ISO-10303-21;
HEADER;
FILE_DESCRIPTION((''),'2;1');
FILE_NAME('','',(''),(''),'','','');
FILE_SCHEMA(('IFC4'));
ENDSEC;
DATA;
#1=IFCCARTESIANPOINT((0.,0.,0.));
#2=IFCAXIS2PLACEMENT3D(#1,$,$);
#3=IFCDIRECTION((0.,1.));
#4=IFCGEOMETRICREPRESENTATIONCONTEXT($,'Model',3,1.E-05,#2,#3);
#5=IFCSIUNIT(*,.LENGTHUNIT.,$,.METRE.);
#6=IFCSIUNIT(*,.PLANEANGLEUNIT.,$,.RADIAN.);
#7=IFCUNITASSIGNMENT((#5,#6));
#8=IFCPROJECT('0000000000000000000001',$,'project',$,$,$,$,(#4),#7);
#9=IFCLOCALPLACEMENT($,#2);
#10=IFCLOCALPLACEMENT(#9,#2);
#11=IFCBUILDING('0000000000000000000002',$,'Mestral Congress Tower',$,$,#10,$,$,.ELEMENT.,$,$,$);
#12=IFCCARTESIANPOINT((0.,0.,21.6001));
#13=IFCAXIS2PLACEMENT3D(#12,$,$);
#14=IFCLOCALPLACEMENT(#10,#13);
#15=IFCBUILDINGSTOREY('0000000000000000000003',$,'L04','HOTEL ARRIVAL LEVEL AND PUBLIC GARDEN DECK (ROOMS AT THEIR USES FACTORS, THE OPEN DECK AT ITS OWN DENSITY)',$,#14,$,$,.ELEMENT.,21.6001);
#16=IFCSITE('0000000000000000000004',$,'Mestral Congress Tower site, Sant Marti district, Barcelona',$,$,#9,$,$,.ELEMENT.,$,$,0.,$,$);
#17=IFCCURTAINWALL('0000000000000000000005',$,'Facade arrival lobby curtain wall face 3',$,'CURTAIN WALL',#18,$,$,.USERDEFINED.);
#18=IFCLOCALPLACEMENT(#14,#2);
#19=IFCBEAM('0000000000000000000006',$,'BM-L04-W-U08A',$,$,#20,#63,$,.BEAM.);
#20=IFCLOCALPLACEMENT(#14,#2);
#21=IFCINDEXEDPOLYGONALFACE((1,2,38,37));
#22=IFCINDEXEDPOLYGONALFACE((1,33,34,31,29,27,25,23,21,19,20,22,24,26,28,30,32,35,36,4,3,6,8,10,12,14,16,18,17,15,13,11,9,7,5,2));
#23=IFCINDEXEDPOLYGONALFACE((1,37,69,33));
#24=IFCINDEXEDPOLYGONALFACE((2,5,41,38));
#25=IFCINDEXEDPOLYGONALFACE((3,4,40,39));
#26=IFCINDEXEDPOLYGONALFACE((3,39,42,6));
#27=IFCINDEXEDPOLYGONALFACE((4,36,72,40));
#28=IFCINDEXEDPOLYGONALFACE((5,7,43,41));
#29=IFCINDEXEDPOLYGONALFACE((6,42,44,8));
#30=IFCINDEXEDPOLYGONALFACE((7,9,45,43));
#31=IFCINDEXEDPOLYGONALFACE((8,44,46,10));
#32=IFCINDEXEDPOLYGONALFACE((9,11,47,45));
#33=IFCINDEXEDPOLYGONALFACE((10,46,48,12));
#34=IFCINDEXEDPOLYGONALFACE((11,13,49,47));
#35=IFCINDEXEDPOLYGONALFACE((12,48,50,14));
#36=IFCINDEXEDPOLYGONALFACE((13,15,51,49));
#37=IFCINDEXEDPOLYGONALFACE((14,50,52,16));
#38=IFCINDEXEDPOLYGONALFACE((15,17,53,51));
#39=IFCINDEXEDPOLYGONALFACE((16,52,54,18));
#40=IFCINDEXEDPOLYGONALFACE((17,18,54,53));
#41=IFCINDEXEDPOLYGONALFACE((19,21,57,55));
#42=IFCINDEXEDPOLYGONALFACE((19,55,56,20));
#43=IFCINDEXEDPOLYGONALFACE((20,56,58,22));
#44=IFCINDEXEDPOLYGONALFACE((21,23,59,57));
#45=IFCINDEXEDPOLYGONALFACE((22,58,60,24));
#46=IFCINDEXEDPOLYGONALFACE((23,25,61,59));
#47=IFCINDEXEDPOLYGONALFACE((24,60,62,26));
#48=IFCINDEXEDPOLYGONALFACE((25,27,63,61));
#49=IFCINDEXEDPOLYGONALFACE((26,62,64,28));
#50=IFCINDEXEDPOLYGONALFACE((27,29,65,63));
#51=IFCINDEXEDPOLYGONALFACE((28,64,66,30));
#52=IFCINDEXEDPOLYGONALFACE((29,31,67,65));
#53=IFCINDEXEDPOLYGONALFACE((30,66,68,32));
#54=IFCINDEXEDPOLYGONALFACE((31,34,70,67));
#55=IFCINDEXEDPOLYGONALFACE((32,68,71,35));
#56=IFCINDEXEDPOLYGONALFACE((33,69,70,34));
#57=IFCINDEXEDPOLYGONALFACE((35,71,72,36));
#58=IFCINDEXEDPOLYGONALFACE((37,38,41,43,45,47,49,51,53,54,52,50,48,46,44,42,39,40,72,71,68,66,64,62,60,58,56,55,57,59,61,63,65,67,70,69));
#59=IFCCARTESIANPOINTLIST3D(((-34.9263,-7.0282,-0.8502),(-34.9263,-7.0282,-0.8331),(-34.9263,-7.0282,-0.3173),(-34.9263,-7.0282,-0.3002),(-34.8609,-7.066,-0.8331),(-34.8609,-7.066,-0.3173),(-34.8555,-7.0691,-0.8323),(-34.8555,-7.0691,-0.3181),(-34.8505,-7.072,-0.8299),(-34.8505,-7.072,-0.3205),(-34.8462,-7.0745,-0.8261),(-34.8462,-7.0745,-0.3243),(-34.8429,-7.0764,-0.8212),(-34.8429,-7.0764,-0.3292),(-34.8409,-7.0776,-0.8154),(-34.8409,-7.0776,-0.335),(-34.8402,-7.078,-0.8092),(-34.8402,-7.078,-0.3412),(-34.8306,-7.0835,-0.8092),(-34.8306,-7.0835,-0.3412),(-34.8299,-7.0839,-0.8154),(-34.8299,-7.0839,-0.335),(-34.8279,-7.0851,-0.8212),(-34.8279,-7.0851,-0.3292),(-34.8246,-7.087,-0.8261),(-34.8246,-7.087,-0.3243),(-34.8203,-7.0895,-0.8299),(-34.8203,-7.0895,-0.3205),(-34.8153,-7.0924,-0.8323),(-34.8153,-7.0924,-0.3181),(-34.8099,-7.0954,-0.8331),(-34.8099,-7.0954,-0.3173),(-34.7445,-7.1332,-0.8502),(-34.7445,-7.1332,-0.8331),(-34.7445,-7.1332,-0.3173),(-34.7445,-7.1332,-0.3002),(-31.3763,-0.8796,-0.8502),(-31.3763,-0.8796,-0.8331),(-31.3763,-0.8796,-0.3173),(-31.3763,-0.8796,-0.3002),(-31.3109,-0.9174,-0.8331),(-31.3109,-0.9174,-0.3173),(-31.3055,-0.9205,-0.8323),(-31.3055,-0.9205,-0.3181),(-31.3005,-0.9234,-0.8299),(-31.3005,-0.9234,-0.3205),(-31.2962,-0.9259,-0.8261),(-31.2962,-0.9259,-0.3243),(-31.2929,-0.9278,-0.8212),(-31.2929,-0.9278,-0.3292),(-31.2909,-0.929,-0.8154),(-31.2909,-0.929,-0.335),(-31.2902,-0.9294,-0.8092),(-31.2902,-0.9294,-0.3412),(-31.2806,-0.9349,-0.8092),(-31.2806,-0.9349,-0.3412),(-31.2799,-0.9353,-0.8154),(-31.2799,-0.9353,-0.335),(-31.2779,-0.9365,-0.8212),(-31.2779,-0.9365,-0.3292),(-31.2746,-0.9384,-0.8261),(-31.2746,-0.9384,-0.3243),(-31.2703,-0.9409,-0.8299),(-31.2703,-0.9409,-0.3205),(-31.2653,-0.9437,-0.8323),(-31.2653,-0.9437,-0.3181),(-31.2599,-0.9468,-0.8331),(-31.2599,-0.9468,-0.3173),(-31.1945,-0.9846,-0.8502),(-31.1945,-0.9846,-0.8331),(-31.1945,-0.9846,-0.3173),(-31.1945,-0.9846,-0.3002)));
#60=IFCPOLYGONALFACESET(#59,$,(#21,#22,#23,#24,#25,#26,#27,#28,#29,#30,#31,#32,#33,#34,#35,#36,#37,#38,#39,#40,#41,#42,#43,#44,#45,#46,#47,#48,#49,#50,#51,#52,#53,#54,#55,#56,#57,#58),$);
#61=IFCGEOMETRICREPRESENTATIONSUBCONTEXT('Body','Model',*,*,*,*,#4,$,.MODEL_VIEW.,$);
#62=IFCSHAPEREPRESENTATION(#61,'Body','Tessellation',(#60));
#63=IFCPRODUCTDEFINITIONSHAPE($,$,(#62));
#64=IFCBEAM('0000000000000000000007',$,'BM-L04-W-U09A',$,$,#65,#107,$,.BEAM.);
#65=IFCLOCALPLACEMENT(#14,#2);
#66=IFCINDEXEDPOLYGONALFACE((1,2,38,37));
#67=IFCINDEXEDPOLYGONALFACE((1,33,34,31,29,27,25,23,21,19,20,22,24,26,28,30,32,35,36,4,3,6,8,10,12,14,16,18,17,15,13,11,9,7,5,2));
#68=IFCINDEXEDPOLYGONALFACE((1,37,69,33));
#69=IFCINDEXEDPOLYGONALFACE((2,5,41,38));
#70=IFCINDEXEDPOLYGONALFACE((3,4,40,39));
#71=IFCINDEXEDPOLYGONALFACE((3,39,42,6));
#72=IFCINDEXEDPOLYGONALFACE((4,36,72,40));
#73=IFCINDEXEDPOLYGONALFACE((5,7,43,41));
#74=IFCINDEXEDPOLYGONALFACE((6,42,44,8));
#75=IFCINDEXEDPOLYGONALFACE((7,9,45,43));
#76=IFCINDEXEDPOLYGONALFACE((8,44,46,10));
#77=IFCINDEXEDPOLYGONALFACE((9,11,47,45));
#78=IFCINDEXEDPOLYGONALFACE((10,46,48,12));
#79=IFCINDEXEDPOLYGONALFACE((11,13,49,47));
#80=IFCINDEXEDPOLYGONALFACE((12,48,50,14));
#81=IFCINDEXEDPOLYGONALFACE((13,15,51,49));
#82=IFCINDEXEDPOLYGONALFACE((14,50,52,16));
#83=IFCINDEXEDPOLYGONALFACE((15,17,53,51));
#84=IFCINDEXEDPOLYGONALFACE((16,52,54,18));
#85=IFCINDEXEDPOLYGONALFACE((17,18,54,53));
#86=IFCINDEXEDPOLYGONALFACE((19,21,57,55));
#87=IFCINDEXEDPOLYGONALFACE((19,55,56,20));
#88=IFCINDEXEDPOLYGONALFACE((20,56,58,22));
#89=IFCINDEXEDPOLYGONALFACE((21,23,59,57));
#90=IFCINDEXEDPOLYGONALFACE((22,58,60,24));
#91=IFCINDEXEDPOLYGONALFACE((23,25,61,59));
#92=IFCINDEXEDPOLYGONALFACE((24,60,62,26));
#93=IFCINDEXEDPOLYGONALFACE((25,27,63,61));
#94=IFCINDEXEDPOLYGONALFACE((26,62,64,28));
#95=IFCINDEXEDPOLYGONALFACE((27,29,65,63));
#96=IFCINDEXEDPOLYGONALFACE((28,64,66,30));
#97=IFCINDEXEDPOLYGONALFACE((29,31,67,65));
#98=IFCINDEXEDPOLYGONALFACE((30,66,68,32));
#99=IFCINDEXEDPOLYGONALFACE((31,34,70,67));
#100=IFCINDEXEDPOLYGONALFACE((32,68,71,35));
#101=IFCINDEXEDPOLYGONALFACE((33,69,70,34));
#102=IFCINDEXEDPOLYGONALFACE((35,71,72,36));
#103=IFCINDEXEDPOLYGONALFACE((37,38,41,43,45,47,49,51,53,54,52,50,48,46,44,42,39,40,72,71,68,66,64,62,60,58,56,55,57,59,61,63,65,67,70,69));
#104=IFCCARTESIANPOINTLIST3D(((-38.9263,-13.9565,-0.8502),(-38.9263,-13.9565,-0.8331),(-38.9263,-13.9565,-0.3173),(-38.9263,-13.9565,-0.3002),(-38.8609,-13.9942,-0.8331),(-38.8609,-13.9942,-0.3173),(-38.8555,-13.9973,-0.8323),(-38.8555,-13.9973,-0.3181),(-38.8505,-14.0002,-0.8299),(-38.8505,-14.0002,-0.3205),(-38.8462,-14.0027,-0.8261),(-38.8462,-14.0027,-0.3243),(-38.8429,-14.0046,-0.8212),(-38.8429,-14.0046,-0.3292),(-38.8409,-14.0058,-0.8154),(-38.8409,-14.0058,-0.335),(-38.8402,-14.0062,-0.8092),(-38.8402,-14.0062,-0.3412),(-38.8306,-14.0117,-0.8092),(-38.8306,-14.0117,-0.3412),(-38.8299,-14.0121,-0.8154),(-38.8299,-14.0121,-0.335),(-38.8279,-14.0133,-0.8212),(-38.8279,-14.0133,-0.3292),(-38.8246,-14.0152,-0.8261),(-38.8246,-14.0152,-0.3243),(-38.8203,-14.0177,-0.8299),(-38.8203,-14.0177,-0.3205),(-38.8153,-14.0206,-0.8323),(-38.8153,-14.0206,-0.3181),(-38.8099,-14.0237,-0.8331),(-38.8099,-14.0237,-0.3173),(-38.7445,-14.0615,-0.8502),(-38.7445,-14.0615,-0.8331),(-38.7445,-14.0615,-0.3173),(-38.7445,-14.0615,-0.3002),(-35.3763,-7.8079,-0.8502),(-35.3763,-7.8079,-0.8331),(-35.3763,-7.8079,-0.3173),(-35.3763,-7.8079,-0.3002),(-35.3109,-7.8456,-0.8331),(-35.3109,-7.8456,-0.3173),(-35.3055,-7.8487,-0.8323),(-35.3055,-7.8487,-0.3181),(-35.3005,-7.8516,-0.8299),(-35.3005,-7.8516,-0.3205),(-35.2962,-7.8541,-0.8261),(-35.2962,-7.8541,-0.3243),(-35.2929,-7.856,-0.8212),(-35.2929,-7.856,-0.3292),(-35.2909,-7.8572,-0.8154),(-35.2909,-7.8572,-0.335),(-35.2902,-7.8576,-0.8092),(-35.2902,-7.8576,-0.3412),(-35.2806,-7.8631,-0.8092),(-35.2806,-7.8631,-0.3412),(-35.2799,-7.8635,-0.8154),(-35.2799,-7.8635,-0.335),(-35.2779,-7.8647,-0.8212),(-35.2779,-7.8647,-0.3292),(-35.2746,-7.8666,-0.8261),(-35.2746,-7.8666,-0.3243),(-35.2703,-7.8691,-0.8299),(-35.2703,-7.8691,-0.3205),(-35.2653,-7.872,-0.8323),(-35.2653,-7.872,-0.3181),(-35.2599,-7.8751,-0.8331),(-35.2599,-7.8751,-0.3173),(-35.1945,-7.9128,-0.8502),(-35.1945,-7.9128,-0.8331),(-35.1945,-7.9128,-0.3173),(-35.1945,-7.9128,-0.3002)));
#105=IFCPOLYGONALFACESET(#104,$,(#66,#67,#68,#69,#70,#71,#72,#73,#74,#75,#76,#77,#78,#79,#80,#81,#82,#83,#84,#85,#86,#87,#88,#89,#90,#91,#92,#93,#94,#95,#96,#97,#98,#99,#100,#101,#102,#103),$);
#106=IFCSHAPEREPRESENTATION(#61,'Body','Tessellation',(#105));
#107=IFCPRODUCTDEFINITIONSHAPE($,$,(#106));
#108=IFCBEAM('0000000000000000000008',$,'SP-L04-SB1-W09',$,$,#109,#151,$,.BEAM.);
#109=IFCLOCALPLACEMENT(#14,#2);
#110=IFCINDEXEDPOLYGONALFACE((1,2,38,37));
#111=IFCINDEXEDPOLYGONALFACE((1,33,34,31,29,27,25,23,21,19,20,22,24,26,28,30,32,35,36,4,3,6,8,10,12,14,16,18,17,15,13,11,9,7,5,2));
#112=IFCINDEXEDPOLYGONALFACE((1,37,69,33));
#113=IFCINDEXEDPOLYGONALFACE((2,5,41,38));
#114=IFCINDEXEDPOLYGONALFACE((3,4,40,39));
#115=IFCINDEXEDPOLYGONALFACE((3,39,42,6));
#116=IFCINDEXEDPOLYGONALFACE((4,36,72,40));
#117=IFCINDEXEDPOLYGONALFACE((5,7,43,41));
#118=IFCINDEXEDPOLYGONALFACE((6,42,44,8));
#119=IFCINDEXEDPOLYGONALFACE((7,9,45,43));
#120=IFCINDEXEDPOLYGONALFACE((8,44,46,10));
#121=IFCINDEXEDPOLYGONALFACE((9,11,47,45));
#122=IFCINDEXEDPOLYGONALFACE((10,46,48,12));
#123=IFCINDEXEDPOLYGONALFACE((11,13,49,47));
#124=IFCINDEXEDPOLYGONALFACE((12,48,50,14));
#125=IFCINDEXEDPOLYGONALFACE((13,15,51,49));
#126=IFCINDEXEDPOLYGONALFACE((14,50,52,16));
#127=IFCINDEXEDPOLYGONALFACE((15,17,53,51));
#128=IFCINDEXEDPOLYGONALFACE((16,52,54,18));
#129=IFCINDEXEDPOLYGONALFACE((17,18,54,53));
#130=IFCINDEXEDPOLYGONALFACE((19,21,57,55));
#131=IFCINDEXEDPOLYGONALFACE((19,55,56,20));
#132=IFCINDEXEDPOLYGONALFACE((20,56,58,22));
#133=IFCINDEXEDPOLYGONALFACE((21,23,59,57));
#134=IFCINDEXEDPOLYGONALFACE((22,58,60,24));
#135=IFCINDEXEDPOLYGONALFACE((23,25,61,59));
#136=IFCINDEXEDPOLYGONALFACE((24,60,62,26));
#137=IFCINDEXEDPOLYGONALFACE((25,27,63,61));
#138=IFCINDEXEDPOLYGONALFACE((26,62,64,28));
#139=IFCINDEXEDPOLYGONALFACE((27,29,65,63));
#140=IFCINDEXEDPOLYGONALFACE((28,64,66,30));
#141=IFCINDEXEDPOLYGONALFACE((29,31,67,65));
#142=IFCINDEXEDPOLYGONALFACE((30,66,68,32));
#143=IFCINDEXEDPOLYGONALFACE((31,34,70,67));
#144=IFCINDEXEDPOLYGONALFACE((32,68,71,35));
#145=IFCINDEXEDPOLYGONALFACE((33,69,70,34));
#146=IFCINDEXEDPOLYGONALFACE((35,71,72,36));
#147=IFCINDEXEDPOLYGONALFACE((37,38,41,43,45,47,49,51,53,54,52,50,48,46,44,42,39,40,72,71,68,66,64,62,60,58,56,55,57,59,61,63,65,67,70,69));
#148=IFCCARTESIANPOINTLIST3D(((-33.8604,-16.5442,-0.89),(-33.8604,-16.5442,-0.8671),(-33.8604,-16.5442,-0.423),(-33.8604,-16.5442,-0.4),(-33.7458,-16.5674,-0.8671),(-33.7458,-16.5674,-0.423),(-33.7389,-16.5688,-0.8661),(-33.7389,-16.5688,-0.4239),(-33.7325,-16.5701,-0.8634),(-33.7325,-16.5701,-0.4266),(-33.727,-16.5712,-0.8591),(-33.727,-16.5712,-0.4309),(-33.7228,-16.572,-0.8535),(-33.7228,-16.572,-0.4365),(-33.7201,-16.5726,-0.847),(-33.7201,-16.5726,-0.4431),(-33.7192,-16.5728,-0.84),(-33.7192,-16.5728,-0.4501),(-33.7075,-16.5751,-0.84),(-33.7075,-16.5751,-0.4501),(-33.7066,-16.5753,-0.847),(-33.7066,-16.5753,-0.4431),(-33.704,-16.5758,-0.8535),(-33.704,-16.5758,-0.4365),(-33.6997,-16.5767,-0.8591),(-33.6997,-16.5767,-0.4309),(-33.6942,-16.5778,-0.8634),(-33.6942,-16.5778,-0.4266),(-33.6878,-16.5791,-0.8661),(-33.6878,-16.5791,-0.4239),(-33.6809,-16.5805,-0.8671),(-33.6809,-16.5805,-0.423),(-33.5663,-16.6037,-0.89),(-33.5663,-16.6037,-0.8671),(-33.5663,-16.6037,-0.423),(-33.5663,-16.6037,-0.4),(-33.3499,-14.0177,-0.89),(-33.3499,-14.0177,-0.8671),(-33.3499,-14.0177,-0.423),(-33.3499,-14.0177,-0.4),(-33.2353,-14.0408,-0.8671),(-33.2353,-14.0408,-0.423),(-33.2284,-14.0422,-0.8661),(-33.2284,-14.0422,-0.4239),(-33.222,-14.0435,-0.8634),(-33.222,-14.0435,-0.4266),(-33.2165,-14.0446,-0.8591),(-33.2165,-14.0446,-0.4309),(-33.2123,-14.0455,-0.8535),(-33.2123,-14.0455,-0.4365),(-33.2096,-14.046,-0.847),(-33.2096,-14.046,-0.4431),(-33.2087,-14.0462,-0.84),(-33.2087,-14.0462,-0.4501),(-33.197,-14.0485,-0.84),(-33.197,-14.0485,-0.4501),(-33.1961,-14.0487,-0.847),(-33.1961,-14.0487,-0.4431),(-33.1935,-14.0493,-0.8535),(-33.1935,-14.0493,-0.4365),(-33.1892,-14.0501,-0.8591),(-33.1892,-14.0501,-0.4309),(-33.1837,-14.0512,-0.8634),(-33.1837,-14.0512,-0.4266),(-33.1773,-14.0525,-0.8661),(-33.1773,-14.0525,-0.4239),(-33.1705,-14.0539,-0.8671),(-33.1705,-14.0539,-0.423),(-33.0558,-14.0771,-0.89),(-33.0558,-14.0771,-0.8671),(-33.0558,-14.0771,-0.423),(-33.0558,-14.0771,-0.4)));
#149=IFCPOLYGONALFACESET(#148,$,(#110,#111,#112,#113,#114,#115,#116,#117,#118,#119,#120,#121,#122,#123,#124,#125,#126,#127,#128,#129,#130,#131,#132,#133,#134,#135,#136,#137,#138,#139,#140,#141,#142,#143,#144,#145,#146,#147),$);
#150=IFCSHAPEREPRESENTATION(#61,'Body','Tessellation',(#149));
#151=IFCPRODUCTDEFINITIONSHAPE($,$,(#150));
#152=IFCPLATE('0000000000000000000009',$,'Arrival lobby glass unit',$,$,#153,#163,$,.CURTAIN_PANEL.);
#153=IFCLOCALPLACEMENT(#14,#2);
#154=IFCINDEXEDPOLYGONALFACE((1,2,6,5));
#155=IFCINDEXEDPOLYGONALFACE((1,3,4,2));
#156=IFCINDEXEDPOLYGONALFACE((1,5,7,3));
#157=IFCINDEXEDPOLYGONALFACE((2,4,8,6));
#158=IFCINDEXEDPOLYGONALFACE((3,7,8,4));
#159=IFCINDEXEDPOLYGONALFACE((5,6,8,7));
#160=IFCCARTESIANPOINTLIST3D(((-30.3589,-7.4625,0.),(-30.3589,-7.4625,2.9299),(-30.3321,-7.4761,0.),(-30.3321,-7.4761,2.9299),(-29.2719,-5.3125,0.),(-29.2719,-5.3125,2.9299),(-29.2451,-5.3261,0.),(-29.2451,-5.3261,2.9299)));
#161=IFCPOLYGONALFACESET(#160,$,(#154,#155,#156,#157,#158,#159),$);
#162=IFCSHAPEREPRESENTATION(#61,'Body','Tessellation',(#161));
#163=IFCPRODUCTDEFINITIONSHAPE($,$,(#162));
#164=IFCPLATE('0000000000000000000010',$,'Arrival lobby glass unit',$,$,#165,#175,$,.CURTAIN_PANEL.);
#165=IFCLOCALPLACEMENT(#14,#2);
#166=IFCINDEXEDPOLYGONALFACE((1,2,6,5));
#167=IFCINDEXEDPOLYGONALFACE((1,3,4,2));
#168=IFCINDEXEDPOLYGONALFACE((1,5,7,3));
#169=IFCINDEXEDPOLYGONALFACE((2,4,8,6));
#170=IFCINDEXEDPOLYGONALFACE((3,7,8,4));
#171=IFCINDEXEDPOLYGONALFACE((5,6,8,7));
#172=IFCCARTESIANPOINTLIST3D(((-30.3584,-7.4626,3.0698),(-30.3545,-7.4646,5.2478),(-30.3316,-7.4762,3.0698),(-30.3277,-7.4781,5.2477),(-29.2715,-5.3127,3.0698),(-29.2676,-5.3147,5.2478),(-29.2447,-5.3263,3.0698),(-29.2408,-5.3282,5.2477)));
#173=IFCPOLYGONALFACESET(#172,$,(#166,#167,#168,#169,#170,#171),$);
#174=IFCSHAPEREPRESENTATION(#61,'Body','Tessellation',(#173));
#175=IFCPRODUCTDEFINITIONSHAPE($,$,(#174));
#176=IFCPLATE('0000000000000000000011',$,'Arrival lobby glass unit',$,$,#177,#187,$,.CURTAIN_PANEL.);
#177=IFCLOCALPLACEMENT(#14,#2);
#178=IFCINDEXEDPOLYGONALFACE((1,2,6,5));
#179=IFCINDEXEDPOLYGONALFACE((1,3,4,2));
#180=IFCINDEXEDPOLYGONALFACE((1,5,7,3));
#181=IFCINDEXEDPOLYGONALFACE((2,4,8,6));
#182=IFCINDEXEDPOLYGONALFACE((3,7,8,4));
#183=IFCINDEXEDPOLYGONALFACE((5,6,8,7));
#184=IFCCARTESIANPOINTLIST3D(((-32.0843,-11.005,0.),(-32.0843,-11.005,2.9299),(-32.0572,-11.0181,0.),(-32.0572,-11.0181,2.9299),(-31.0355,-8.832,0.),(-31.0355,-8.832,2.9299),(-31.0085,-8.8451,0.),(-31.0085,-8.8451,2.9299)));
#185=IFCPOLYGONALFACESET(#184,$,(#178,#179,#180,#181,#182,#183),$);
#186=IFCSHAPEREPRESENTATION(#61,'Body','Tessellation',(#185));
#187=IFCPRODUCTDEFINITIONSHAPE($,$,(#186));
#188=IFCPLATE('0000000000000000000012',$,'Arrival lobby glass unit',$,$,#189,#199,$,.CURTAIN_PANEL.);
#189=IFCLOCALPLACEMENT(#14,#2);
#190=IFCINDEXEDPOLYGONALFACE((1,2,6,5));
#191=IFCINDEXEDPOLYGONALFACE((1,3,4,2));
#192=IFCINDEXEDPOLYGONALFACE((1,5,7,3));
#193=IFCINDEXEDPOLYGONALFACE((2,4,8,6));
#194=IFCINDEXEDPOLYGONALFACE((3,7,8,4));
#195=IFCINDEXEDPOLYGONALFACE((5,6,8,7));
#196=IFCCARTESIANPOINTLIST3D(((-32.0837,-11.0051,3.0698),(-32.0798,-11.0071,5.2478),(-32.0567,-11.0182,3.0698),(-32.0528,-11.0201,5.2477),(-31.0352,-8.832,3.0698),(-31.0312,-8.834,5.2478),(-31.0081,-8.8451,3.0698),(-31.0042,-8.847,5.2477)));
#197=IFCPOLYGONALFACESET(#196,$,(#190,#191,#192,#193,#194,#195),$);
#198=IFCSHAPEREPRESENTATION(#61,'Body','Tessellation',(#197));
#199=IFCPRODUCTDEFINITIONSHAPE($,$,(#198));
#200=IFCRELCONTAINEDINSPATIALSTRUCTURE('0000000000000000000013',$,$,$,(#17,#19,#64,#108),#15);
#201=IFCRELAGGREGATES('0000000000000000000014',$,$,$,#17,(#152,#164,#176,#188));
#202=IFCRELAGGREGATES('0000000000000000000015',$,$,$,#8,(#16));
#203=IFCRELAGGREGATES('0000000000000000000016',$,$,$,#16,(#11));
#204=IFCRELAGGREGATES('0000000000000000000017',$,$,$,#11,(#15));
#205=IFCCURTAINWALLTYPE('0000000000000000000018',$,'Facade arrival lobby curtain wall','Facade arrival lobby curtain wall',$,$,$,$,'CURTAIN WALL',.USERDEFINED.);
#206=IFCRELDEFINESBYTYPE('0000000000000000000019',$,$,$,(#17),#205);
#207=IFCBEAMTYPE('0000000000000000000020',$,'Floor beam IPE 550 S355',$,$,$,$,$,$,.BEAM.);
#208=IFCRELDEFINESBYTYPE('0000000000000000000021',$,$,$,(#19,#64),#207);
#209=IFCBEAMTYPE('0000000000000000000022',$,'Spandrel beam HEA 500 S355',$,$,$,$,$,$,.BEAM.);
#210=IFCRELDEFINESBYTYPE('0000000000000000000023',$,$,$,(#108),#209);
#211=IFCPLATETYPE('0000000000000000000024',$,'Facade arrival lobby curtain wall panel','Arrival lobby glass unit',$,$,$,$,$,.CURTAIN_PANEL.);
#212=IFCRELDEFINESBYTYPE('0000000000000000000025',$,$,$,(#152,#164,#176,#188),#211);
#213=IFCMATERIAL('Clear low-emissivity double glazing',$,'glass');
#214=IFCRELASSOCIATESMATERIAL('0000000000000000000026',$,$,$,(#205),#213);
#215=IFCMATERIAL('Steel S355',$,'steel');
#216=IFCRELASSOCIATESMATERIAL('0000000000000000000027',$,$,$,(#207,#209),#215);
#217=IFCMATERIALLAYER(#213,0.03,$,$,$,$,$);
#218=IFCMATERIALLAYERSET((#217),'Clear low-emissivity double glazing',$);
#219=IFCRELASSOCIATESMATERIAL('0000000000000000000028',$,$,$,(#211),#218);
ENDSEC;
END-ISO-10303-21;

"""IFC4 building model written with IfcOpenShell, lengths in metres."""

from ifc_helpers import new_model, si_unit, direction, frame, origin, origin_2d, place, context, subcontext, project, spatial, polyline, rectangle, i_section, outline, extrude, material, layer, layer_set, material_profile, profile_set, type_object, element, aggregate, save


model = new_model("IFC4")

# Units and contexts
model_context = context("Model", 3, precision=1e-05, world=origin(), true_north=direction((0.0, 1.0)))
body_context = subcontext(model_context, "Body", "Model", "MODEL_VIEW")
ifc_project = project(units=[si_unit("LENGTHUNIT", "METRE"), si_unit("PLANEANGLEUNIT", "RADIAN")], contexts=[model_context])

# Site, building, storey
site_placement = place(None, origin())
site = spatial("IfcSite", under=ifc_project, at=site_placement, Name="Mestral Congress Tower site, Sant Marti district, Barcelona", CompositionType="ELEMENT", RefElevation=0.0)
building_placement = place(site_placement, origin())
building = spatial("IfcBuilding", under=site, at=building_placement, Name="Mestral Congress Tower", CompositionType="ELEMENT")
storey_placement = place(building_placement, frame((0.0, 0.0, 21.6001)))
storey = spatial("IfcBuildingStorey", under=building, at=storey_placement, Name="L04", Description="HOTEL ARRIVAL LEVEL AND PUBLIC GARDEN DECK (ROOMS AT THEIR USES FACTORS, THE OPEN DECK AT ITS OWN DENSITY)", CompositionType="ELEMENT", Elevation=21.6001)

# Curtain wall
ifc_material_1 = material(Name="Clear low-emissivity double glazing", Category="glass")
curtain_wall_type = type_object("IfcCurtainWallType", Name="Facade arrival lobby curtain wall", Description="Facade arrival lobby curtain wall", ElementType="CURTAIN WALL", PredefinedType="USERDEFINED", material=ifc_material_1)
placement = place(storey_placement, origin())
curtain_wall_1 = element("IfcCurtainWall", 1, at=placement, inside=storey, type_object=curtain_wall_type, Name="Facade arrival lobby curtain wall face 3", ObjectType="CURTAIN WALL", PredefinedType="USERDEFINED")

# Beams
ifc_material_2 = material(Name="Steel S355", Category="steel")
ifc_material_profile_1 = material_profile(ifc_material_2, i_section(OverallWidth=0.21, OverallDepth=0.55, WebThickness=0.011, FlangeThickness=0.0171, FilletRadius=0.0239, at=origin_2d()), Name="IPE 550")
ifc_profile_set_1 = profile_set([ifc_material_profile_1], Name="Steel S355")
beam_type_1 = type_object("IfcBeamType", Name="Floor beam IPE 550 S355", PredefinedType="BEAM", material=ifc_profile_set_1)
for number, where, z_axis, x_axis, name in (
    (2, (-31.2854, -0.9321, -0.5752), (-0.500011, -0.866019, 0.0), (0.866019, -0.500011, 0.0), "BM-L04-W-U08A"),
    (3, (-35.2854, -7.8604, -0.5752), (-0.500011, -0.866019, 0.0), (0.866019, -0.500011, 0.0), "BM-L04-W-U09A"),
):
    element("IfcBeam", number, at=place(storey_placement, frame(where, z_axis=z_axis, x_axis=x_axis)), inside=storey, type_object=beam_type_1, Name=name, PredefinedType="BEAM", context=body_context, shape_type="SweptSolid", body=[
        extrude(i_section(OverallWidth=0.21, OverallDepth=0.55, WebThickness=0.011, FlangeThickness=0.0171, FilletRadius=0.0239, at=origin_2d()), origin(), (0.0, 0.0, 1.0), 7.0999),
    ])
ifc_material_profile_2 = material_profile(ifc_material_2, i_section(OverallWidth=0.3, OverallDepth=0.49, WebThickness=0.012, FlangeThickness=0.0229, FilletRadius=0.0271, at=origin_2d()), Name="HEA 500")
ifc_profile_set_2 = profile_set([ifc_material_profile_2], Name="Steel S355")
beam_type_2 = type_object("IfcBeamType", Name="Spandrel beam HEA 500 S355", PredefinedType="BEAM", material=ifc_profile_set_2)
beam_1_placement = place(storey_placement, frame((-33.2029, -14.0474, -0.645), z_axis=(-0.198046, -0.980193, 0.0), x_axis=(0.980193, -0.198046, 0.0)))
element("IfcBeam", 4, at=beam_1_placement, inside=storey, type_object=beam_type_2, Name="SP-L04-SB1-W09", PredefinedType="BEAM", context=body_context, shape_type="SweptSolid", body=[
    extrude(i_section(OverallWidth=0.3, OverallDepth=0.49, WebThickness=0.012, FlangeThickness=0.0229, FilletRadius=0.0271, at=origin_2d()), origin(), (0.0, 0.0, 1.0), 2.5776),
])

# Plates
ifc_layer_1 = layer(ifc_material_1, 0.03)
ifc_layer_set_1 = layer_set([ifc_layer_1], Name="Clear low-emissivity double glazing")
plate_type = type_object("IfcPlateType", Name="Facade arrival lobby curtain wall panel", Description="Arrival lobby glass unit", PredefinedType="CURTAIN_PANEL", material=ifc_layer_set_1)
plate_1_placement = place(storey_placement, frame((-29.802, -6.3943, 0.0), z_axis=(0.0, 0.0, 1.0), x_axis=(-0.451217, -0.892414, 0.0)))
plate_1 = element("IfcPlate", 5, at=plate_1_placement, type_object=plate_type, Name="Arrival lobby glass unit", PredefinedType="CURTAIN_PANEL", context=body_context, shape_type="SweptSolid", body=[
    extrude(rectangle(XDim=2.4092, YDim=0.03, at=origin_2d()), origin(), (0.0, 0.0, 1.0), 2.9299),
])
plate_2_placement = place(storey_placement, frame((-30.3584, -7.4626, 3.0698), z_axis=(-0.89243, 0.451181, 0.002005), x_axis=(0.451182, 0.892432, 0.0)))
plate_2 = element("IfcPlate", 6, at=plate_2_placement, type_object=plate_type, Name="Arrival lobby glass unit", PredefinedType="CURTAIN_PANEL", context=body_context, shape_type="SweptSolid", body=[
    extrude(outline(polyline([(0.0, 0.0), (2.409, 0.0), (2.4091, -2.178), (0.0, -2.178), (0.0, 0.0)])), origin(), (0.0, 0.0, -1.0), 0.03),
])
plate_3_placement = place(storey_placement, frame((-31.5464, -9.925, 0.0), z_axis=(0.0, 0.0, 1.0), x_axis=(-0.434657, -0.900596, 0.0)))
plate_3 = element("IfcPlate", 7, at=plate_3_placement, type_object=plate_type, Name="Arrival lobby glass unit", PredefinedType="CURTAIN_PANEL", context=body_context, shape_type="SweptSolid", body=[
    extrude(rectangle(XDim=2.4128, YDim=0.03, at=origin_2d()), origin(), (0.0, 0.0, 1.0), 2.9299),
])
plate_4_placement = place(storey_placement, frame((-32.0837, -11.0051, 3.0698), z_axis=(-0.90063, 0.434581, 0.002005), x_axis=(0.434582, 0.900632, 0.0)))
plate_4 = element("IfcPlate", 8, at=plate_4_placement, type_object=plate_type, Name="Arrival lobby glass unit", PredefinedType="CURTAIN_PANEL", context=body_context, shape_type="SweptSolid", body=[
    extrude(outline(polyline([(0.0, 0.0), (2.4129, 0.0), (2.4128, -2.178), (-0.0001, -2.178), (0.0, 0.0)])), origin(), (0.0, 0.0, -1.0), 0.03),
])
aggregate(curtain_wall_1, [plate_1, plate_2, plate_3, plate_4])

save(model, "model.ifc")
